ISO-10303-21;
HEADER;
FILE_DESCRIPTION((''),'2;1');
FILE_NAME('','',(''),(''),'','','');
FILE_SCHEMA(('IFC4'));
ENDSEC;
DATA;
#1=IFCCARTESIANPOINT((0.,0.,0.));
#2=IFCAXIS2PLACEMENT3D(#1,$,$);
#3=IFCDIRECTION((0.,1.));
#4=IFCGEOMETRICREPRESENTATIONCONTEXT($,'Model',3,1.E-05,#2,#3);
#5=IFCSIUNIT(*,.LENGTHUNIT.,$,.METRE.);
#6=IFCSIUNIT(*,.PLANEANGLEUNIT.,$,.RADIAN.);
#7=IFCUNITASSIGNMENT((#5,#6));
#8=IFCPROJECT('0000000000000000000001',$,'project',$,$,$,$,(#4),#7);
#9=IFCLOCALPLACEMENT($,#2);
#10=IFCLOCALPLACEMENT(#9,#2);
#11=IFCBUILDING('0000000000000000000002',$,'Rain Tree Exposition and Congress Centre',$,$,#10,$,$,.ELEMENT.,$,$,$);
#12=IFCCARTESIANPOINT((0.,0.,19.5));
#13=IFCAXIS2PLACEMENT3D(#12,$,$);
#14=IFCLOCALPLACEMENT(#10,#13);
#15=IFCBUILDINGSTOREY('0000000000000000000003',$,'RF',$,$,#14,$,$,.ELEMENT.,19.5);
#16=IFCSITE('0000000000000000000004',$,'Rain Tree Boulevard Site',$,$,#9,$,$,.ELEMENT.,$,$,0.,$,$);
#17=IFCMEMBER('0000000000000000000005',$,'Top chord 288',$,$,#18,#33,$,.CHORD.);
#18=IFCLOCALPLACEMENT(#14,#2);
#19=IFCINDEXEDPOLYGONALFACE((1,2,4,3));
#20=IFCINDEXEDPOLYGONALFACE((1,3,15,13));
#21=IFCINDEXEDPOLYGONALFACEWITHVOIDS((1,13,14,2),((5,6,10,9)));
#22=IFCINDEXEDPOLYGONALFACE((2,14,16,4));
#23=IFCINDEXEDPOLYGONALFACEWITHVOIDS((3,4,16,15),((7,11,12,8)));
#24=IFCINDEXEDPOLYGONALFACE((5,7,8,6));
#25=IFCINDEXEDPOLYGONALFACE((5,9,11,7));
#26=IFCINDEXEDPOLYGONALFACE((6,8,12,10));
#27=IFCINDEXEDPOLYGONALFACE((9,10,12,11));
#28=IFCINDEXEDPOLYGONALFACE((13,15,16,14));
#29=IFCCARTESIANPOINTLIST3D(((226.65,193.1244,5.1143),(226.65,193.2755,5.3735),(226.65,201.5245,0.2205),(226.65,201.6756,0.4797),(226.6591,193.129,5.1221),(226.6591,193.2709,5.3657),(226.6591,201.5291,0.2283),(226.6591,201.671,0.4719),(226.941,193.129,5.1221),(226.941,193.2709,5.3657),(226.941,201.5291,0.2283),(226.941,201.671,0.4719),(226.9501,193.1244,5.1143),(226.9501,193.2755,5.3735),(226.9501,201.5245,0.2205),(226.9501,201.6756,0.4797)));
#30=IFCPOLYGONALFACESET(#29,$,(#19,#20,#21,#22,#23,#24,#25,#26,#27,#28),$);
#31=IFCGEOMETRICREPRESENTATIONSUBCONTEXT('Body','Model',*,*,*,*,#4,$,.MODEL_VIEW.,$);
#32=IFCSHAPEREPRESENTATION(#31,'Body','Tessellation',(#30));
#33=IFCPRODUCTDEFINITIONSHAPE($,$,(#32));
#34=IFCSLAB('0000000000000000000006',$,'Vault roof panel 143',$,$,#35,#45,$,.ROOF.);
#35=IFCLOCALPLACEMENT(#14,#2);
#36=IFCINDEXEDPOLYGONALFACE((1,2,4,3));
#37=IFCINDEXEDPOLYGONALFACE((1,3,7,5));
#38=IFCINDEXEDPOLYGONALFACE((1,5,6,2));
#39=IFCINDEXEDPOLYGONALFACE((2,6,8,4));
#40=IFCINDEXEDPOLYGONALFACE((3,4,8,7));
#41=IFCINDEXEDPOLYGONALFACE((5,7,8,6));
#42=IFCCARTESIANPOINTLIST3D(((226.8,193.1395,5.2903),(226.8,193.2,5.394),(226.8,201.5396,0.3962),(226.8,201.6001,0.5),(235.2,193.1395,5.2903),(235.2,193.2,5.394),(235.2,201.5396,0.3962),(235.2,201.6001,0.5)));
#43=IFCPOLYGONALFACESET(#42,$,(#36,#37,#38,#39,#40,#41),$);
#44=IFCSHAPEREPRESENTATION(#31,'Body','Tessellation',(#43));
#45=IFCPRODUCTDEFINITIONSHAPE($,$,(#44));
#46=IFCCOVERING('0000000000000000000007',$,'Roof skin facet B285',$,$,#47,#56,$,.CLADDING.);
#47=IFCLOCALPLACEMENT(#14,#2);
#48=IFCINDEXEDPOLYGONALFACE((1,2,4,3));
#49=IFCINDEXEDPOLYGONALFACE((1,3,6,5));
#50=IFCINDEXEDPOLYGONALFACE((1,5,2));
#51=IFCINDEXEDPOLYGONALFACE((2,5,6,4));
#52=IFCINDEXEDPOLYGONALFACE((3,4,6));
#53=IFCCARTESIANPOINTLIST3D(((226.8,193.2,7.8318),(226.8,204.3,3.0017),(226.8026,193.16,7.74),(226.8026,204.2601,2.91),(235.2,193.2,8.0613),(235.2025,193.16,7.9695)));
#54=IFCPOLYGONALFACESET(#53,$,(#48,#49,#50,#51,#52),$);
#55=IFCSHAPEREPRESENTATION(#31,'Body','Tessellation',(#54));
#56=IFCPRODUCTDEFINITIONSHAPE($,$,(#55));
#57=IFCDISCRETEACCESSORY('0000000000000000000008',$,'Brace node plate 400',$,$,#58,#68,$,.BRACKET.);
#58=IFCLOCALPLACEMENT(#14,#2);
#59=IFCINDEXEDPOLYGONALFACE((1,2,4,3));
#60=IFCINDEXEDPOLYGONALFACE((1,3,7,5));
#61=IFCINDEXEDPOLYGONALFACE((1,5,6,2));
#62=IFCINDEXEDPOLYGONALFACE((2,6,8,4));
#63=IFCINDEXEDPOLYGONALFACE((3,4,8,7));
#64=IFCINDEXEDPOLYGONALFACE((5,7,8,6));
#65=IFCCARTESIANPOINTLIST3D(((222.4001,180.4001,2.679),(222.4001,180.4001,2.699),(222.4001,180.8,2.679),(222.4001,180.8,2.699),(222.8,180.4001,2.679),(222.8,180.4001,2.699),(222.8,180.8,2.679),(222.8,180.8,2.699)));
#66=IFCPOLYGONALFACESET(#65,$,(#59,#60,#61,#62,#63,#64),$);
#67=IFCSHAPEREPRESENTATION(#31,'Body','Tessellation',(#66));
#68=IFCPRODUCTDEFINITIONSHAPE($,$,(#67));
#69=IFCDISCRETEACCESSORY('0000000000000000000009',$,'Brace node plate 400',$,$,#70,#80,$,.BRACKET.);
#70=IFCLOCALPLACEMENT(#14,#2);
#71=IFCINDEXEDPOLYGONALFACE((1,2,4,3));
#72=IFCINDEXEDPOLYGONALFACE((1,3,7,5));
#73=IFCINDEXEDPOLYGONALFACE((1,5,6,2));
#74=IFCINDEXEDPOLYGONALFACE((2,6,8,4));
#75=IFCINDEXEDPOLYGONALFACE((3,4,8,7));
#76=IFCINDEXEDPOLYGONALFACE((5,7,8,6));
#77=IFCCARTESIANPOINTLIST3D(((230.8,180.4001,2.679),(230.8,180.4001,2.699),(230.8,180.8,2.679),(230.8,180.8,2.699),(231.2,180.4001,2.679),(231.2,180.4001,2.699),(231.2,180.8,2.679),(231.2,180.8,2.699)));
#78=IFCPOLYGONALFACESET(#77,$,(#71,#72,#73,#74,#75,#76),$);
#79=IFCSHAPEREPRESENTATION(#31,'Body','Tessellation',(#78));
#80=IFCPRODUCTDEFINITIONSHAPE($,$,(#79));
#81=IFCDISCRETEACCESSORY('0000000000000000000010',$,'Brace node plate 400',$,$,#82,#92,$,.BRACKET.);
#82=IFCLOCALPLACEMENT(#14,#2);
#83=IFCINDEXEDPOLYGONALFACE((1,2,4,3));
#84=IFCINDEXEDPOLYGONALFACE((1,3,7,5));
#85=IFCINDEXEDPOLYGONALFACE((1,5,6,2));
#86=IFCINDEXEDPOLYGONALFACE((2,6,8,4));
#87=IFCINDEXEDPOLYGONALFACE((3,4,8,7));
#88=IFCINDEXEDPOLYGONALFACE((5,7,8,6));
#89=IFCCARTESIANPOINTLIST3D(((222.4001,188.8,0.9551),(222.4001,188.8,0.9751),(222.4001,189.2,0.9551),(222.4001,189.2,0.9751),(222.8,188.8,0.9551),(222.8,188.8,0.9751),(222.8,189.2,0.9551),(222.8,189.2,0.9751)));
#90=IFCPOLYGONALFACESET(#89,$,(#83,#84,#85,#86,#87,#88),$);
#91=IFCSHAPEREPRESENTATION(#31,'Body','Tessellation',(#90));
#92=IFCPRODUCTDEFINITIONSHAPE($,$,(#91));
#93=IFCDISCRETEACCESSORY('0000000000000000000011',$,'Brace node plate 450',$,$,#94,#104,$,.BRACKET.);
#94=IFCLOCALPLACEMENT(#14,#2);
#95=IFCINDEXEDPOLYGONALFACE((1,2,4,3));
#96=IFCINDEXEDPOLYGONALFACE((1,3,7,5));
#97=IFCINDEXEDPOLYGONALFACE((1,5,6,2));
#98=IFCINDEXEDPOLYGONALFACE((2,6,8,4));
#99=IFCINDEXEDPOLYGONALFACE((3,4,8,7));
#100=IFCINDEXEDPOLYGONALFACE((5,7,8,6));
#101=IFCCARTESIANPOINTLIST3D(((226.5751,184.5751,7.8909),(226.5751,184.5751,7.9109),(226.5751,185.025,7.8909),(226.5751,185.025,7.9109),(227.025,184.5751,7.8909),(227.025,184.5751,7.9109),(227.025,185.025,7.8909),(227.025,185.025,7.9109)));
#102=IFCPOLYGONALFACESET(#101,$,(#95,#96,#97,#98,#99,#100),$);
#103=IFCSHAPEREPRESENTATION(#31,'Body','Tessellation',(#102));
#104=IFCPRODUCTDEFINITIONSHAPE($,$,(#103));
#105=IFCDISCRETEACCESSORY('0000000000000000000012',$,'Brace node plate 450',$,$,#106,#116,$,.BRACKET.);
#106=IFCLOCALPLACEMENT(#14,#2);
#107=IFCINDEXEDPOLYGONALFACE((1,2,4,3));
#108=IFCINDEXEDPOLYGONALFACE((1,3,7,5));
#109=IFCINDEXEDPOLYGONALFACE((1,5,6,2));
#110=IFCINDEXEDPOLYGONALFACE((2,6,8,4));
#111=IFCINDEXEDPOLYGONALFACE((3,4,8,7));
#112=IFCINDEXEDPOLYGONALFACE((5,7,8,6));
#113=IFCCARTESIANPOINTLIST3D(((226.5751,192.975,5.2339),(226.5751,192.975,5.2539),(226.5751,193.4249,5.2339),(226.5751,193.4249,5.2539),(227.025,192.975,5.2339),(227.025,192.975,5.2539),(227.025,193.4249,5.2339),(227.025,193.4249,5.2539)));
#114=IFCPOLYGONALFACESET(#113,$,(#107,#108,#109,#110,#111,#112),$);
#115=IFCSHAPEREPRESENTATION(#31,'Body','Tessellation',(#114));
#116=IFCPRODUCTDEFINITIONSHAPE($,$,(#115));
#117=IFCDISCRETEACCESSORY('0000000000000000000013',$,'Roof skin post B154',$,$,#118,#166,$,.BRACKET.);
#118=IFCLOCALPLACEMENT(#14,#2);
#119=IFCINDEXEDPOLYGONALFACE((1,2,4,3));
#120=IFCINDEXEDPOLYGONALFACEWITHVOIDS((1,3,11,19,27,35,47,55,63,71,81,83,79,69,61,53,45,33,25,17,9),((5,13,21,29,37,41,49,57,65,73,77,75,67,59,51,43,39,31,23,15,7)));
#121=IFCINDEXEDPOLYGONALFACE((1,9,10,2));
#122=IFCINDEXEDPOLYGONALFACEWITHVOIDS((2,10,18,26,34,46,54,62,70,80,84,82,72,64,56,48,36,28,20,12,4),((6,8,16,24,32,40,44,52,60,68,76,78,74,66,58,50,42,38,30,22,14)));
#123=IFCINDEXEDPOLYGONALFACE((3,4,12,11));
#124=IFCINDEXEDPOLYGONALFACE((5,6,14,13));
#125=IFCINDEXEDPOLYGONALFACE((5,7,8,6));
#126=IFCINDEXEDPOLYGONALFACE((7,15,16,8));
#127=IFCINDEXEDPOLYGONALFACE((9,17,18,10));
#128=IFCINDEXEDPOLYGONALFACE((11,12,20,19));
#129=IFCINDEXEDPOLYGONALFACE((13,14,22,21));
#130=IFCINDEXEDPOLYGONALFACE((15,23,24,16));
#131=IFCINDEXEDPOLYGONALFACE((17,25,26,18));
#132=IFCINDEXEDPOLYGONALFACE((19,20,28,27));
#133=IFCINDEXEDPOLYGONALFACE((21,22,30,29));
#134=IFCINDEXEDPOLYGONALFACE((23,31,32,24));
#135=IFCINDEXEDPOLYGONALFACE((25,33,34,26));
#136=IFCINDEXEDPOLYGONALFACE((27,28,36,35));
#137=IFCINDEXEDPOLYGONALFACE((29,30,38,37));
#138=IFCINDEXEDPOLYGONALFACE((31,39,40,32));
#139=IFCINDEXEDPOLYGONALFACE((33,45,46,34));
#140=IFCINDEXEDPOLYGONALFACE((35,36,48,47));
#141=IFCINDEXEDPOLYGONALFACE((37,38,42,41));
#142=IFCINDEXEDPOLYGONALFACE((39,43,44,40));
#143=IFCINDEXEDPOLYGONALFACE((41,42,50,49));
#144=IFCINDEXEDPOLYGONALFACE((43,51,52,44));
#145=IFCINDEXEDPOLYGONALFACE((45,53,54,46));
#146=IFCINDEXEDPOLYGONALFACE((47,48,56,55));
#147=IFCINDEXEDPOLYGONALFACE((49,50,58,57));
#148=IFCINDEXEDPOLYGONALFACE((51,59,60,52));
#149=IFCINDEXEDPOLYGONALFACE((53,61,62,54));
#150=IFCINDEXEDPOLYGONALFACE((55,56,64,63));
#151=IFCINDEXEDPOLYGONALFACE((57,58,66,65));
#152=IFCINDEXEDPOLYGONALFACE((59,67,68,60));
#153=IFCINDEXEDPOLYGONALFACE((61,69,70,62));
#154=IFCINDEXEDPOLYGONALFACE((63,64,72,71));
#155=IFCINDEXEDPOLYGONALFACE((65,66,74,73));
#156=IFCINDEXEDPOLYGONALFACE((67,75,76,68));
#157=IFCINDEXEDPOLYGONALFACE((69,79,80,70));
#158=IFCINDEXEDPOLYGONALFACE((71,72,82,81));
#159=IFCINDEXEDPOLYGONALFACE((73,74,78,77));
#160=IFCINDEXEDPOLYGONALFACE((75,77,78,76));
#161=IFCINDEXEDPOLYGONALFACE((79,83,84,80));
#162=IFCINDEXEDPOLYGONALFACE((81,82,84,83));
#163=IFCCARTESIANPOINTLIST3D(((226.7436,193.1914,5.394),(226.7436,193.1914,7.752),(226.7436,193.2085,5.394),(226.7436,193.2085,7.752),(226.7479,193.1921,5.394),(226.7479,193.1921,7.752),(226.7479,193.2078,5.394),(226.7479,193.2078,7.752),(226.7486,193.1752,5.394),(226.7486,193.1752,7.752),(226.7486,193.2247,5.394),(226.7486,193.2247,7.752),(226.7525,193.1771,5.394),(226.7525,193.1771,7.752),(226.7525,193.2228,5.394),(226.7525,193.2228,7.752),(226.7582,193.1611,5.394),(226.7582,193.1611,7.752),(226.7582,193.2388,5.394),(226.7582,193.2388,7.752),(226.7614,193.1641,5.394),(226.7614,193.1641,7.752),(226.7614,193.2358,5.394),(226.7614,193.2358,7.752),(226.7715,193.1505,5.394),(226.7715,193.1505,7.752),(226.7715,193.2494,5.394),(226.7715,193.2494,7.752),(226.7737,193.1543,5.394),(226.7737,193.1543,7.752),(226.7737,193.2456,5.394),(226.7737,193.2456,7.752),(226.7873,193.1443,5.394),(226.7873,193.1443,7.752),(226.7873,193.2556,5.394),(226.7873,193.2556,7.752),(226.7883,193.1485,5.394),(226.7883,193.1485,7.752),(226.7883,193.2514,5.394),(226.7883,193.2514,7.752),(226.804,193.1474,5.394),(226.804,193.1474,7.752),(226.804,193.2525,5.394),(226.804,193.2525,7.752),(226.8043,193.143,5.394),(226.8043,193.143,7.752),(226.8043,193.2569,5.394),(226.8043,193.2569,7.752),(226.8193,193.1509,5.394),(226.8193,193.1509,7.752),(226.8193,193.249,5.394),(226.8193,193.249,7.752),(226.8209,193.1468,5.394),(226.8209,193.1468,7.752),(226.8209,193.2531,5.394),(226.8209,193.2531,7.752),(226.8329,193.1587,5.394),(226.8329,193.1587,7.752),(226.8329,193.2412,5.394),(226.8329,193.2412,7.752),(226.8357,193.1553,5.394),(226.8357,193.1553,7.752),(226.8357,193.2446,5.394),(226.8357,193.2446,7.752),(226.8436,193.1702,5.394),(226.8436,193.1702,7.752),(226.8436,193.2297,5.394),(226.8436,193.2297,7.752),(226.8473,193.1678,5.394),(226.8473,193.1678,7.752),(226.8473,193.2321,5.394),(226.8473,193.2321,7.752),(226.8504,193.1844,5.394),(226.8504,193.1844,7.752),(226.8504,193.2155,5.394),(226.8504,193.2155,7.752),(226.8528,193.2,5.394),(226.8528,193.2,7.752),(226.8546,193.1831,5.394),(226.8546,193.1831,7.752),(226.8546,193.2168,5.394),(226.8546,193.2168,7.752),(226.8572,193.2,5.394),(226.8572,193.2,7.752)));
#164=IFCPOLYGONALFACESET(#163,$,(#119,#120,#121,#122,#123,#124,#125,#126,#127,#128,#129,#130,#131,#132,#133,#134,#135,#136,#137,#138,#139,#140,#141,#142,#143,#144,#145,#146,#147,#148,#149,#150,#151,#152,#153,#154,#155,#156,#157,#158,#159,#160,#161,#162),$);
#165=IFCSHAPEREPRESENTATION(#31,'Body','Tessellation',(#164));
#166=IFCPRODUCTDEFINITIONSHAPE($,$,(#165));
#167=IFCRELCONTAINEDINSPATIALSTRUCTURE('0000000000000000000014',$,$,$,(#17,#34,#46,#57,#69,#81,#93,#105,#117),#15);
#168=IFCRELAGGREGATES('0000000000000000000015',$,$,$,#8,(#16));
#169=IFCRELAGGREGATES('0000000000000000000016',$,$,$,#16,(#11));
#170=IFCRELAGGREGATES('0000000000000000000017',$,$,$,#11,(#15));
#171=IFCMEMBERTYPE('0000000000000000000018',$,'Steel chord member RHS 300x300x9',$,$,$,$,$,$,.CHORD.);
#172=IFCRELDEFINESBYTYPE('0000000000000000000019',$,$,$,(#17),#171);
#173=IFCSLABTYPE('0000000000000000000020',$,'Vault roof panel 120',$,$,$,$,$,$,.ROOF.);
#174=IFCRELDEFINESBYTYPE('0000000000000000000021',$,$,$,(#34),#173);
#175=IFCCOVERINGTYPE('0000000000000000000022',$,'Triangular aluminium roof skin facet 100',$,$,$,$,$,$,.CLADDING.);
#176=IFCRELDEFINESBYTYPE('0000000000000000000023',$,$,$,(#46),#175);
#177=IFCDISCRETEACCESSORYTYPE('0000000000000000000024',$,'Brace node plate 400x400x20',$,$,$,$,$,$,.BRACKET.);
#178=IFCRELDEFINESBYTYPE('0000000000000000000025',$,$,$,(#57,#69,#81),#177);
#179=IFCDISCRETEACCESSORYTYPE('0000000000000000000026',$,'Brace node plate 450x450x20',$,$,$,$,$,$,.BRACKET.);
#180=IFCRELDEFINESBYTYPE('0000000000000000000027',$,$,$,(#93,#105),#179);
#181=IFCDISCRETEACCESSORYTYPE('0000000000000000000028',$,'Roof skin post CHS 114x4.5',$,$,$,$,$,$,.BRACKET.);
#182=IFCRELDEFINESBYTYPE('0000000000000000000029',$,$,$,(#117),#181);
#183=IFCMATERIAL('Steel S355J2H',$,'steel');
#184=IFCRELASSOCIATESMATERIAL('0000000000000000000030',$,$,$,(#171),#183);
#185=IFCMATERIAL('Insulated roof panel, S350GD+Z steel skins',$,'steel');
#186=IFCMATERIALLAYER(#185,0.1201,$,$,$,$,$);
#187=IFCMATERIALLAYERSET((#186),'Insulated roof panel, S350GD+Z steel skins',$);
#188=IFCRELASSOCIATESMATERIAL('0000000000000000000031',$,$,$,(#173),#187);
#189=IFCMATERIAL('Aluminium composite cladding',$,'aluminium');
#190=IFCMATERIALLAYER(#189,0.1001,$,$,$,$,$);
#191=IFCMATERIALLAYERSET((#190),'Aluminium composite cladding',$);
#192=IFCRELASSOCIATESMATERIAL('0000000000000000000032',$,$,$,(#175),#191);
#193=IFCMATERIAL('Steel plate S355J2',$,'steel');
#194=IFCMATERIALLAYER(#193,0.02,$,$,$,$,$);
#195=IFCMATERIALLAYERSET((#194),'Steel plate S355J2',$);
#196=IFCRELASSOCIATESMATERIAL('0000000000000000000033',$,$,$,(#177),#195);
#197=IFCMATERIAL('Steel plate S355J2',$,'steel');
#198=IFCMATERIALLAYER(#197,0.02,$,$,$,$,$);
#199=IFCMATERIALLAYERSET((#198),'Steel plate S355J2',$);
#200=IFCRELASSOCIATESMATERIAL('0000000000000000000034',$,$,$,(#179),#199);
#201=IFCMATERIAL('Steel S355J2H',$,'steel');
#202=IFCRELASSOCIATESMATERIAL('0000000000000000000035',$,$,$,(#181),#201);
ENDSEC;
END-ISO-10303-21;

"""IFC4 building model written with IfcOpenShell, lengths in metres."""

from ifc_helpers import new_model, si_unit, direction, frame, origin, origin_2d, place, context, subcontext, project, spatial, polyline, rectangle, hollow_rectangle, hollow_circle, outline, extrude, material, layer, layer_set, material_profile, profile_set, type_object, element, save


model = new_model("IFC4")

# Units and contexts
model_context = context("Model", 3, precision=1e-05, world=origin(), true_north=direction((0.0, 1.0)))
body_context = subcontext(model_context, "Body", "Model", "MODEL_VIEW")
ifc_project = project(units=[si_unit("LENGTHUNIT", "METRE"), si_unit("PLANEANGLEUNIT", "RADIAN")], contexts=[model_context])

# Site, building, storey
site_placement = place(None, origin())
site = spatial("IfcSite", under=ifc_project, at=site_placement, Name="Rain Tree Boulevard Site", CompositionType="ELEMENT", RefElevation=0.0)
building_placement = place(site_placement, origin())
building = spatial("IfcBuilding", under=site, at=building_placement, Name="Rain Tree Exposition and Congress Centre", CompositionType="ELEMENT")
storey_placement = place(building_placement, frame((0.0, 0.0, 19.5)))
storey = spatial("IfcBuildingStorey", under=building, at=storey_placement, Name="RF", CompositionType="ELEMENT", Elevation=19.5)

# Member
ifc_material_1 = material(Name="Steel S355J2H", Category="steel")
ifc_material_profile_1 = material_profile(ifc_material_1, hollow_rectangle(XDim=0.3, YDim=0.3, WallThickness=0.009, at=origin_2d()), Name="RHS 300x300x9")
ifc_profile_set_1 = profile_set([ifc_material_profile_1], Name="Steel S355J2H")
member_type_1 = type_object("IfcMemberType", Name="Steel chord member RHS 300x300x9", PredefinedType="CHORD", material=ifc_profile_set_1)
member_1_placement = place(storey_placement, frame((226.8, 193.2, 5.2439), z_axis=(0.0, 0.86406, -0.503388), x_axis=(-1.0, 0.0, 0.0)))
element("IfcMember", 1, at=member_1_placement, inside=storey, type_object=member_type_1, Name="Top chord 288", PredefinedType="CHORD", context=body_context, shape_type="SweptSolid", body=[
    extrude(hollow_rectangle(XDim=0.3, YDim=0.3, WallThickness=0.009, at=origin_2d()), origin(), (0.0, 0.0, 1.0), 9.7217),
])

# Slab
ifc_material_2 = material(Name="Insulated roof panel, S350GD+Z steel skins", Category="steel")
ifc_layer_1 = layer(ifc_material_2, 0.1201)
ifc_layer_set_1 = layer_set([ifc_layer_1], Name="Insulated roof panel, S350GD+Z steel skins")
slab_type = type_object("IfcSlabType", Name="Vault roof panel 120", PredefinedType="ROOF", material=ifc_layer_set_1)
slab_placement = place(storey_placement, frame((226.8, 193.2, 5.394), z_axis=(0.0, 0.503407, 0.864049), x_axis=(1.0, 0.0, 0.0)))
element("IfcSlab", 2, at=slab_placement, inside=storey, type_object=slab_type, Name="Vault roof panel 143", PredefinedType="ROOF", context=body_context, shape_type="SweptSolid", body=[
    extrude(outline(polyline([(0.0, 0.0), (8.3999, 0.0), (8.3999, 9.7218), (0.0, 9.7218), (0.0, 0.0)])), origin(), (0.0, 0.0, -1.0), 0.1201),
])

# Covering
ifc_material_3 = material(Name="Aluminium composite cladding", Category="aluminium")
ifc_layer_2 = layer(ifc_material_3, 0.1001)
ifc_layer_set_2 = layer_set([ifc_layer_2], Name="Aluminium composite cladding")
covering_type = type_object("IfcCoveringType", Name="Triangular aluminium roof skin facet 100", PredefinedType="CLADDING", material=ifc_layer_set_2)
covering_placement = place(storey_placement, frame((226.8, 193.2, 7.8318), z_axis=(-0.025044, 0.398875, 0.916663), x_axis=(0.999627, 0.0, 0.027311)))
element("IfcCovering", 3, at=covering_placement, inside=storey, type_object=covering_type, Name="Roof skin facet B285", PredefinedType="CLADDING", context=body_context, shape_type="SweptSolid", body=[
    extrude(outline(polyline([(0.0, 0.0), (8.403, 0.0), (-0.1319, 12.1047), (0.0, 0.0)])), origin(), (0.0, 0.0, -1.0), 0.1001),
])

# Discrete accessories
ifc_material_4 = material(Name="Steel plate S355J2", Category="steel")
ifc_layer_3 = layer(ifc_material_4, 0.02)
ifc_layer_set_3 = layer_set([ifc_layer_3], Name="Steel plate S355J2")
discrete_accessory_type_1 = type_object("IfcDiscreteAccessoryType", Name="Brace node plate 400x400x20", PredefinedType="BRACKET", material=ifc_layer_set_3)
for number, where, z_axis, x_axis, name in (
    (4, (222.6001, 180.6001, 2.679), (0.0, 0.0, 1.0), (1.0, 0.0, 0.0), "Brace node plate 400"),
    (5, (231.0, 180.6001, 2.679), (0.0, 0.0, 1.0), (1.0, 0.0, 0.0), "Brace node plate 400"),
    (6, (222.6001, 189.0, 0.9551), (0.0, 0.0, 1.0), (1.0, 0.0, 0.0), "Brace node plate 400"),
):
    element("IfcDiscreteAccessory", number, at=place(storey_placement, frame(where, z_axis=z_axis, x_axis=x_axis)), inside=storey, type_object=discrete_accessory_type_1, Name=name, PredefinedType="BRACKET", context=body_context, shape_type="SweptSolid", body=[
        extrude(rectangle(XDim=0.3999, YDim=0.3999, at=origin_2d()), origin(), (0.0, 0.0, 1.0), 0.02),
    ])
ifc_material_5 = material(Name="Steel plate S355J2", Category="steel")
ifc_layer_4 = layer(ifc_material_5, 0.02)
ifc_layer_set_4 = layer_set([ifc_layer_4], Name="Steel plate S355J2")
discrete_accessory_type_2 = type_object("IfcDiscreteAccessoryType", Name="Brace node plate 450x450x20", PredefinedType="BRACKET", material=ifc_layer_set_4)
for number, where, z_axis, x_axis, name in (
    (7, (226.8, 184.8, 7.8909), (0.0, 0.0, 1.0), (1.0, 0.0, 0.0), "Brace node plate 450"),
    (8, (226.8, 193.2, 5.2339), (0.0, 0.0, 1.0), (1.0, 0.0, 0.0), "Brace node plate 450"),
):
    element("IfcDiscreteAccessory", number, at=place(storey_placement, frame(where, z_axis=z_axis, x_axis=x_axis)), inside=storey, type_object=discrete_accessory_type_2, Name=name, PredefinedType="BRACKET", context=body_context, shape_type="SweptSolid", body=[
        extrude(rectangle(XDim=0.45, YDim=0.45, at=origin_2d()), origin(), (0.0, 0.0, 1.0), 0.02),
    ])
ifc_material_6 = material(Name="Steel S355J2H", Category="steel")
ifc_material_profile_2 = material_profile(ifc_material_6, hollow_circle(Radius=0.0571, WallThickness=0.0044, at=origin_2d()), Name="CHS 114x4.5")
ifc_profile_set_2 = profile_set([ifc_material_profile_2], Name="Steel S355J2H")
discrete_accessory_type_3 = type_object("IfcDiscreteAccessoryType", Name="Roof skin post CHS 114x4.5", PredefinedType="BRACKET", material=ifc_profile_set_2)
discrete_accessory_1_placement = place(storey_placement, frame((226.8, 193.2, 5.394), z_axis=(0.0, 0.0, 1.0), x_axis=(1.0, 0.0, 0.0)))
element("IfcDiscreteAccessory", 9, at=discrete_accessory_1_placement, inside=storey, type_object=discrete_accessory_type_3, Name="Roof skin post B154", PredefinedType="BRACKET", context=body_context, shape_type="SweptSolid", body=[
    extrude(hollow_circle(Radius=0.0571, WallThickness=0.0044, at=origin_2d()), origin(), (0.0, 0.0, 1.0), 2.3579),
])

save(model, "model.ifc")
